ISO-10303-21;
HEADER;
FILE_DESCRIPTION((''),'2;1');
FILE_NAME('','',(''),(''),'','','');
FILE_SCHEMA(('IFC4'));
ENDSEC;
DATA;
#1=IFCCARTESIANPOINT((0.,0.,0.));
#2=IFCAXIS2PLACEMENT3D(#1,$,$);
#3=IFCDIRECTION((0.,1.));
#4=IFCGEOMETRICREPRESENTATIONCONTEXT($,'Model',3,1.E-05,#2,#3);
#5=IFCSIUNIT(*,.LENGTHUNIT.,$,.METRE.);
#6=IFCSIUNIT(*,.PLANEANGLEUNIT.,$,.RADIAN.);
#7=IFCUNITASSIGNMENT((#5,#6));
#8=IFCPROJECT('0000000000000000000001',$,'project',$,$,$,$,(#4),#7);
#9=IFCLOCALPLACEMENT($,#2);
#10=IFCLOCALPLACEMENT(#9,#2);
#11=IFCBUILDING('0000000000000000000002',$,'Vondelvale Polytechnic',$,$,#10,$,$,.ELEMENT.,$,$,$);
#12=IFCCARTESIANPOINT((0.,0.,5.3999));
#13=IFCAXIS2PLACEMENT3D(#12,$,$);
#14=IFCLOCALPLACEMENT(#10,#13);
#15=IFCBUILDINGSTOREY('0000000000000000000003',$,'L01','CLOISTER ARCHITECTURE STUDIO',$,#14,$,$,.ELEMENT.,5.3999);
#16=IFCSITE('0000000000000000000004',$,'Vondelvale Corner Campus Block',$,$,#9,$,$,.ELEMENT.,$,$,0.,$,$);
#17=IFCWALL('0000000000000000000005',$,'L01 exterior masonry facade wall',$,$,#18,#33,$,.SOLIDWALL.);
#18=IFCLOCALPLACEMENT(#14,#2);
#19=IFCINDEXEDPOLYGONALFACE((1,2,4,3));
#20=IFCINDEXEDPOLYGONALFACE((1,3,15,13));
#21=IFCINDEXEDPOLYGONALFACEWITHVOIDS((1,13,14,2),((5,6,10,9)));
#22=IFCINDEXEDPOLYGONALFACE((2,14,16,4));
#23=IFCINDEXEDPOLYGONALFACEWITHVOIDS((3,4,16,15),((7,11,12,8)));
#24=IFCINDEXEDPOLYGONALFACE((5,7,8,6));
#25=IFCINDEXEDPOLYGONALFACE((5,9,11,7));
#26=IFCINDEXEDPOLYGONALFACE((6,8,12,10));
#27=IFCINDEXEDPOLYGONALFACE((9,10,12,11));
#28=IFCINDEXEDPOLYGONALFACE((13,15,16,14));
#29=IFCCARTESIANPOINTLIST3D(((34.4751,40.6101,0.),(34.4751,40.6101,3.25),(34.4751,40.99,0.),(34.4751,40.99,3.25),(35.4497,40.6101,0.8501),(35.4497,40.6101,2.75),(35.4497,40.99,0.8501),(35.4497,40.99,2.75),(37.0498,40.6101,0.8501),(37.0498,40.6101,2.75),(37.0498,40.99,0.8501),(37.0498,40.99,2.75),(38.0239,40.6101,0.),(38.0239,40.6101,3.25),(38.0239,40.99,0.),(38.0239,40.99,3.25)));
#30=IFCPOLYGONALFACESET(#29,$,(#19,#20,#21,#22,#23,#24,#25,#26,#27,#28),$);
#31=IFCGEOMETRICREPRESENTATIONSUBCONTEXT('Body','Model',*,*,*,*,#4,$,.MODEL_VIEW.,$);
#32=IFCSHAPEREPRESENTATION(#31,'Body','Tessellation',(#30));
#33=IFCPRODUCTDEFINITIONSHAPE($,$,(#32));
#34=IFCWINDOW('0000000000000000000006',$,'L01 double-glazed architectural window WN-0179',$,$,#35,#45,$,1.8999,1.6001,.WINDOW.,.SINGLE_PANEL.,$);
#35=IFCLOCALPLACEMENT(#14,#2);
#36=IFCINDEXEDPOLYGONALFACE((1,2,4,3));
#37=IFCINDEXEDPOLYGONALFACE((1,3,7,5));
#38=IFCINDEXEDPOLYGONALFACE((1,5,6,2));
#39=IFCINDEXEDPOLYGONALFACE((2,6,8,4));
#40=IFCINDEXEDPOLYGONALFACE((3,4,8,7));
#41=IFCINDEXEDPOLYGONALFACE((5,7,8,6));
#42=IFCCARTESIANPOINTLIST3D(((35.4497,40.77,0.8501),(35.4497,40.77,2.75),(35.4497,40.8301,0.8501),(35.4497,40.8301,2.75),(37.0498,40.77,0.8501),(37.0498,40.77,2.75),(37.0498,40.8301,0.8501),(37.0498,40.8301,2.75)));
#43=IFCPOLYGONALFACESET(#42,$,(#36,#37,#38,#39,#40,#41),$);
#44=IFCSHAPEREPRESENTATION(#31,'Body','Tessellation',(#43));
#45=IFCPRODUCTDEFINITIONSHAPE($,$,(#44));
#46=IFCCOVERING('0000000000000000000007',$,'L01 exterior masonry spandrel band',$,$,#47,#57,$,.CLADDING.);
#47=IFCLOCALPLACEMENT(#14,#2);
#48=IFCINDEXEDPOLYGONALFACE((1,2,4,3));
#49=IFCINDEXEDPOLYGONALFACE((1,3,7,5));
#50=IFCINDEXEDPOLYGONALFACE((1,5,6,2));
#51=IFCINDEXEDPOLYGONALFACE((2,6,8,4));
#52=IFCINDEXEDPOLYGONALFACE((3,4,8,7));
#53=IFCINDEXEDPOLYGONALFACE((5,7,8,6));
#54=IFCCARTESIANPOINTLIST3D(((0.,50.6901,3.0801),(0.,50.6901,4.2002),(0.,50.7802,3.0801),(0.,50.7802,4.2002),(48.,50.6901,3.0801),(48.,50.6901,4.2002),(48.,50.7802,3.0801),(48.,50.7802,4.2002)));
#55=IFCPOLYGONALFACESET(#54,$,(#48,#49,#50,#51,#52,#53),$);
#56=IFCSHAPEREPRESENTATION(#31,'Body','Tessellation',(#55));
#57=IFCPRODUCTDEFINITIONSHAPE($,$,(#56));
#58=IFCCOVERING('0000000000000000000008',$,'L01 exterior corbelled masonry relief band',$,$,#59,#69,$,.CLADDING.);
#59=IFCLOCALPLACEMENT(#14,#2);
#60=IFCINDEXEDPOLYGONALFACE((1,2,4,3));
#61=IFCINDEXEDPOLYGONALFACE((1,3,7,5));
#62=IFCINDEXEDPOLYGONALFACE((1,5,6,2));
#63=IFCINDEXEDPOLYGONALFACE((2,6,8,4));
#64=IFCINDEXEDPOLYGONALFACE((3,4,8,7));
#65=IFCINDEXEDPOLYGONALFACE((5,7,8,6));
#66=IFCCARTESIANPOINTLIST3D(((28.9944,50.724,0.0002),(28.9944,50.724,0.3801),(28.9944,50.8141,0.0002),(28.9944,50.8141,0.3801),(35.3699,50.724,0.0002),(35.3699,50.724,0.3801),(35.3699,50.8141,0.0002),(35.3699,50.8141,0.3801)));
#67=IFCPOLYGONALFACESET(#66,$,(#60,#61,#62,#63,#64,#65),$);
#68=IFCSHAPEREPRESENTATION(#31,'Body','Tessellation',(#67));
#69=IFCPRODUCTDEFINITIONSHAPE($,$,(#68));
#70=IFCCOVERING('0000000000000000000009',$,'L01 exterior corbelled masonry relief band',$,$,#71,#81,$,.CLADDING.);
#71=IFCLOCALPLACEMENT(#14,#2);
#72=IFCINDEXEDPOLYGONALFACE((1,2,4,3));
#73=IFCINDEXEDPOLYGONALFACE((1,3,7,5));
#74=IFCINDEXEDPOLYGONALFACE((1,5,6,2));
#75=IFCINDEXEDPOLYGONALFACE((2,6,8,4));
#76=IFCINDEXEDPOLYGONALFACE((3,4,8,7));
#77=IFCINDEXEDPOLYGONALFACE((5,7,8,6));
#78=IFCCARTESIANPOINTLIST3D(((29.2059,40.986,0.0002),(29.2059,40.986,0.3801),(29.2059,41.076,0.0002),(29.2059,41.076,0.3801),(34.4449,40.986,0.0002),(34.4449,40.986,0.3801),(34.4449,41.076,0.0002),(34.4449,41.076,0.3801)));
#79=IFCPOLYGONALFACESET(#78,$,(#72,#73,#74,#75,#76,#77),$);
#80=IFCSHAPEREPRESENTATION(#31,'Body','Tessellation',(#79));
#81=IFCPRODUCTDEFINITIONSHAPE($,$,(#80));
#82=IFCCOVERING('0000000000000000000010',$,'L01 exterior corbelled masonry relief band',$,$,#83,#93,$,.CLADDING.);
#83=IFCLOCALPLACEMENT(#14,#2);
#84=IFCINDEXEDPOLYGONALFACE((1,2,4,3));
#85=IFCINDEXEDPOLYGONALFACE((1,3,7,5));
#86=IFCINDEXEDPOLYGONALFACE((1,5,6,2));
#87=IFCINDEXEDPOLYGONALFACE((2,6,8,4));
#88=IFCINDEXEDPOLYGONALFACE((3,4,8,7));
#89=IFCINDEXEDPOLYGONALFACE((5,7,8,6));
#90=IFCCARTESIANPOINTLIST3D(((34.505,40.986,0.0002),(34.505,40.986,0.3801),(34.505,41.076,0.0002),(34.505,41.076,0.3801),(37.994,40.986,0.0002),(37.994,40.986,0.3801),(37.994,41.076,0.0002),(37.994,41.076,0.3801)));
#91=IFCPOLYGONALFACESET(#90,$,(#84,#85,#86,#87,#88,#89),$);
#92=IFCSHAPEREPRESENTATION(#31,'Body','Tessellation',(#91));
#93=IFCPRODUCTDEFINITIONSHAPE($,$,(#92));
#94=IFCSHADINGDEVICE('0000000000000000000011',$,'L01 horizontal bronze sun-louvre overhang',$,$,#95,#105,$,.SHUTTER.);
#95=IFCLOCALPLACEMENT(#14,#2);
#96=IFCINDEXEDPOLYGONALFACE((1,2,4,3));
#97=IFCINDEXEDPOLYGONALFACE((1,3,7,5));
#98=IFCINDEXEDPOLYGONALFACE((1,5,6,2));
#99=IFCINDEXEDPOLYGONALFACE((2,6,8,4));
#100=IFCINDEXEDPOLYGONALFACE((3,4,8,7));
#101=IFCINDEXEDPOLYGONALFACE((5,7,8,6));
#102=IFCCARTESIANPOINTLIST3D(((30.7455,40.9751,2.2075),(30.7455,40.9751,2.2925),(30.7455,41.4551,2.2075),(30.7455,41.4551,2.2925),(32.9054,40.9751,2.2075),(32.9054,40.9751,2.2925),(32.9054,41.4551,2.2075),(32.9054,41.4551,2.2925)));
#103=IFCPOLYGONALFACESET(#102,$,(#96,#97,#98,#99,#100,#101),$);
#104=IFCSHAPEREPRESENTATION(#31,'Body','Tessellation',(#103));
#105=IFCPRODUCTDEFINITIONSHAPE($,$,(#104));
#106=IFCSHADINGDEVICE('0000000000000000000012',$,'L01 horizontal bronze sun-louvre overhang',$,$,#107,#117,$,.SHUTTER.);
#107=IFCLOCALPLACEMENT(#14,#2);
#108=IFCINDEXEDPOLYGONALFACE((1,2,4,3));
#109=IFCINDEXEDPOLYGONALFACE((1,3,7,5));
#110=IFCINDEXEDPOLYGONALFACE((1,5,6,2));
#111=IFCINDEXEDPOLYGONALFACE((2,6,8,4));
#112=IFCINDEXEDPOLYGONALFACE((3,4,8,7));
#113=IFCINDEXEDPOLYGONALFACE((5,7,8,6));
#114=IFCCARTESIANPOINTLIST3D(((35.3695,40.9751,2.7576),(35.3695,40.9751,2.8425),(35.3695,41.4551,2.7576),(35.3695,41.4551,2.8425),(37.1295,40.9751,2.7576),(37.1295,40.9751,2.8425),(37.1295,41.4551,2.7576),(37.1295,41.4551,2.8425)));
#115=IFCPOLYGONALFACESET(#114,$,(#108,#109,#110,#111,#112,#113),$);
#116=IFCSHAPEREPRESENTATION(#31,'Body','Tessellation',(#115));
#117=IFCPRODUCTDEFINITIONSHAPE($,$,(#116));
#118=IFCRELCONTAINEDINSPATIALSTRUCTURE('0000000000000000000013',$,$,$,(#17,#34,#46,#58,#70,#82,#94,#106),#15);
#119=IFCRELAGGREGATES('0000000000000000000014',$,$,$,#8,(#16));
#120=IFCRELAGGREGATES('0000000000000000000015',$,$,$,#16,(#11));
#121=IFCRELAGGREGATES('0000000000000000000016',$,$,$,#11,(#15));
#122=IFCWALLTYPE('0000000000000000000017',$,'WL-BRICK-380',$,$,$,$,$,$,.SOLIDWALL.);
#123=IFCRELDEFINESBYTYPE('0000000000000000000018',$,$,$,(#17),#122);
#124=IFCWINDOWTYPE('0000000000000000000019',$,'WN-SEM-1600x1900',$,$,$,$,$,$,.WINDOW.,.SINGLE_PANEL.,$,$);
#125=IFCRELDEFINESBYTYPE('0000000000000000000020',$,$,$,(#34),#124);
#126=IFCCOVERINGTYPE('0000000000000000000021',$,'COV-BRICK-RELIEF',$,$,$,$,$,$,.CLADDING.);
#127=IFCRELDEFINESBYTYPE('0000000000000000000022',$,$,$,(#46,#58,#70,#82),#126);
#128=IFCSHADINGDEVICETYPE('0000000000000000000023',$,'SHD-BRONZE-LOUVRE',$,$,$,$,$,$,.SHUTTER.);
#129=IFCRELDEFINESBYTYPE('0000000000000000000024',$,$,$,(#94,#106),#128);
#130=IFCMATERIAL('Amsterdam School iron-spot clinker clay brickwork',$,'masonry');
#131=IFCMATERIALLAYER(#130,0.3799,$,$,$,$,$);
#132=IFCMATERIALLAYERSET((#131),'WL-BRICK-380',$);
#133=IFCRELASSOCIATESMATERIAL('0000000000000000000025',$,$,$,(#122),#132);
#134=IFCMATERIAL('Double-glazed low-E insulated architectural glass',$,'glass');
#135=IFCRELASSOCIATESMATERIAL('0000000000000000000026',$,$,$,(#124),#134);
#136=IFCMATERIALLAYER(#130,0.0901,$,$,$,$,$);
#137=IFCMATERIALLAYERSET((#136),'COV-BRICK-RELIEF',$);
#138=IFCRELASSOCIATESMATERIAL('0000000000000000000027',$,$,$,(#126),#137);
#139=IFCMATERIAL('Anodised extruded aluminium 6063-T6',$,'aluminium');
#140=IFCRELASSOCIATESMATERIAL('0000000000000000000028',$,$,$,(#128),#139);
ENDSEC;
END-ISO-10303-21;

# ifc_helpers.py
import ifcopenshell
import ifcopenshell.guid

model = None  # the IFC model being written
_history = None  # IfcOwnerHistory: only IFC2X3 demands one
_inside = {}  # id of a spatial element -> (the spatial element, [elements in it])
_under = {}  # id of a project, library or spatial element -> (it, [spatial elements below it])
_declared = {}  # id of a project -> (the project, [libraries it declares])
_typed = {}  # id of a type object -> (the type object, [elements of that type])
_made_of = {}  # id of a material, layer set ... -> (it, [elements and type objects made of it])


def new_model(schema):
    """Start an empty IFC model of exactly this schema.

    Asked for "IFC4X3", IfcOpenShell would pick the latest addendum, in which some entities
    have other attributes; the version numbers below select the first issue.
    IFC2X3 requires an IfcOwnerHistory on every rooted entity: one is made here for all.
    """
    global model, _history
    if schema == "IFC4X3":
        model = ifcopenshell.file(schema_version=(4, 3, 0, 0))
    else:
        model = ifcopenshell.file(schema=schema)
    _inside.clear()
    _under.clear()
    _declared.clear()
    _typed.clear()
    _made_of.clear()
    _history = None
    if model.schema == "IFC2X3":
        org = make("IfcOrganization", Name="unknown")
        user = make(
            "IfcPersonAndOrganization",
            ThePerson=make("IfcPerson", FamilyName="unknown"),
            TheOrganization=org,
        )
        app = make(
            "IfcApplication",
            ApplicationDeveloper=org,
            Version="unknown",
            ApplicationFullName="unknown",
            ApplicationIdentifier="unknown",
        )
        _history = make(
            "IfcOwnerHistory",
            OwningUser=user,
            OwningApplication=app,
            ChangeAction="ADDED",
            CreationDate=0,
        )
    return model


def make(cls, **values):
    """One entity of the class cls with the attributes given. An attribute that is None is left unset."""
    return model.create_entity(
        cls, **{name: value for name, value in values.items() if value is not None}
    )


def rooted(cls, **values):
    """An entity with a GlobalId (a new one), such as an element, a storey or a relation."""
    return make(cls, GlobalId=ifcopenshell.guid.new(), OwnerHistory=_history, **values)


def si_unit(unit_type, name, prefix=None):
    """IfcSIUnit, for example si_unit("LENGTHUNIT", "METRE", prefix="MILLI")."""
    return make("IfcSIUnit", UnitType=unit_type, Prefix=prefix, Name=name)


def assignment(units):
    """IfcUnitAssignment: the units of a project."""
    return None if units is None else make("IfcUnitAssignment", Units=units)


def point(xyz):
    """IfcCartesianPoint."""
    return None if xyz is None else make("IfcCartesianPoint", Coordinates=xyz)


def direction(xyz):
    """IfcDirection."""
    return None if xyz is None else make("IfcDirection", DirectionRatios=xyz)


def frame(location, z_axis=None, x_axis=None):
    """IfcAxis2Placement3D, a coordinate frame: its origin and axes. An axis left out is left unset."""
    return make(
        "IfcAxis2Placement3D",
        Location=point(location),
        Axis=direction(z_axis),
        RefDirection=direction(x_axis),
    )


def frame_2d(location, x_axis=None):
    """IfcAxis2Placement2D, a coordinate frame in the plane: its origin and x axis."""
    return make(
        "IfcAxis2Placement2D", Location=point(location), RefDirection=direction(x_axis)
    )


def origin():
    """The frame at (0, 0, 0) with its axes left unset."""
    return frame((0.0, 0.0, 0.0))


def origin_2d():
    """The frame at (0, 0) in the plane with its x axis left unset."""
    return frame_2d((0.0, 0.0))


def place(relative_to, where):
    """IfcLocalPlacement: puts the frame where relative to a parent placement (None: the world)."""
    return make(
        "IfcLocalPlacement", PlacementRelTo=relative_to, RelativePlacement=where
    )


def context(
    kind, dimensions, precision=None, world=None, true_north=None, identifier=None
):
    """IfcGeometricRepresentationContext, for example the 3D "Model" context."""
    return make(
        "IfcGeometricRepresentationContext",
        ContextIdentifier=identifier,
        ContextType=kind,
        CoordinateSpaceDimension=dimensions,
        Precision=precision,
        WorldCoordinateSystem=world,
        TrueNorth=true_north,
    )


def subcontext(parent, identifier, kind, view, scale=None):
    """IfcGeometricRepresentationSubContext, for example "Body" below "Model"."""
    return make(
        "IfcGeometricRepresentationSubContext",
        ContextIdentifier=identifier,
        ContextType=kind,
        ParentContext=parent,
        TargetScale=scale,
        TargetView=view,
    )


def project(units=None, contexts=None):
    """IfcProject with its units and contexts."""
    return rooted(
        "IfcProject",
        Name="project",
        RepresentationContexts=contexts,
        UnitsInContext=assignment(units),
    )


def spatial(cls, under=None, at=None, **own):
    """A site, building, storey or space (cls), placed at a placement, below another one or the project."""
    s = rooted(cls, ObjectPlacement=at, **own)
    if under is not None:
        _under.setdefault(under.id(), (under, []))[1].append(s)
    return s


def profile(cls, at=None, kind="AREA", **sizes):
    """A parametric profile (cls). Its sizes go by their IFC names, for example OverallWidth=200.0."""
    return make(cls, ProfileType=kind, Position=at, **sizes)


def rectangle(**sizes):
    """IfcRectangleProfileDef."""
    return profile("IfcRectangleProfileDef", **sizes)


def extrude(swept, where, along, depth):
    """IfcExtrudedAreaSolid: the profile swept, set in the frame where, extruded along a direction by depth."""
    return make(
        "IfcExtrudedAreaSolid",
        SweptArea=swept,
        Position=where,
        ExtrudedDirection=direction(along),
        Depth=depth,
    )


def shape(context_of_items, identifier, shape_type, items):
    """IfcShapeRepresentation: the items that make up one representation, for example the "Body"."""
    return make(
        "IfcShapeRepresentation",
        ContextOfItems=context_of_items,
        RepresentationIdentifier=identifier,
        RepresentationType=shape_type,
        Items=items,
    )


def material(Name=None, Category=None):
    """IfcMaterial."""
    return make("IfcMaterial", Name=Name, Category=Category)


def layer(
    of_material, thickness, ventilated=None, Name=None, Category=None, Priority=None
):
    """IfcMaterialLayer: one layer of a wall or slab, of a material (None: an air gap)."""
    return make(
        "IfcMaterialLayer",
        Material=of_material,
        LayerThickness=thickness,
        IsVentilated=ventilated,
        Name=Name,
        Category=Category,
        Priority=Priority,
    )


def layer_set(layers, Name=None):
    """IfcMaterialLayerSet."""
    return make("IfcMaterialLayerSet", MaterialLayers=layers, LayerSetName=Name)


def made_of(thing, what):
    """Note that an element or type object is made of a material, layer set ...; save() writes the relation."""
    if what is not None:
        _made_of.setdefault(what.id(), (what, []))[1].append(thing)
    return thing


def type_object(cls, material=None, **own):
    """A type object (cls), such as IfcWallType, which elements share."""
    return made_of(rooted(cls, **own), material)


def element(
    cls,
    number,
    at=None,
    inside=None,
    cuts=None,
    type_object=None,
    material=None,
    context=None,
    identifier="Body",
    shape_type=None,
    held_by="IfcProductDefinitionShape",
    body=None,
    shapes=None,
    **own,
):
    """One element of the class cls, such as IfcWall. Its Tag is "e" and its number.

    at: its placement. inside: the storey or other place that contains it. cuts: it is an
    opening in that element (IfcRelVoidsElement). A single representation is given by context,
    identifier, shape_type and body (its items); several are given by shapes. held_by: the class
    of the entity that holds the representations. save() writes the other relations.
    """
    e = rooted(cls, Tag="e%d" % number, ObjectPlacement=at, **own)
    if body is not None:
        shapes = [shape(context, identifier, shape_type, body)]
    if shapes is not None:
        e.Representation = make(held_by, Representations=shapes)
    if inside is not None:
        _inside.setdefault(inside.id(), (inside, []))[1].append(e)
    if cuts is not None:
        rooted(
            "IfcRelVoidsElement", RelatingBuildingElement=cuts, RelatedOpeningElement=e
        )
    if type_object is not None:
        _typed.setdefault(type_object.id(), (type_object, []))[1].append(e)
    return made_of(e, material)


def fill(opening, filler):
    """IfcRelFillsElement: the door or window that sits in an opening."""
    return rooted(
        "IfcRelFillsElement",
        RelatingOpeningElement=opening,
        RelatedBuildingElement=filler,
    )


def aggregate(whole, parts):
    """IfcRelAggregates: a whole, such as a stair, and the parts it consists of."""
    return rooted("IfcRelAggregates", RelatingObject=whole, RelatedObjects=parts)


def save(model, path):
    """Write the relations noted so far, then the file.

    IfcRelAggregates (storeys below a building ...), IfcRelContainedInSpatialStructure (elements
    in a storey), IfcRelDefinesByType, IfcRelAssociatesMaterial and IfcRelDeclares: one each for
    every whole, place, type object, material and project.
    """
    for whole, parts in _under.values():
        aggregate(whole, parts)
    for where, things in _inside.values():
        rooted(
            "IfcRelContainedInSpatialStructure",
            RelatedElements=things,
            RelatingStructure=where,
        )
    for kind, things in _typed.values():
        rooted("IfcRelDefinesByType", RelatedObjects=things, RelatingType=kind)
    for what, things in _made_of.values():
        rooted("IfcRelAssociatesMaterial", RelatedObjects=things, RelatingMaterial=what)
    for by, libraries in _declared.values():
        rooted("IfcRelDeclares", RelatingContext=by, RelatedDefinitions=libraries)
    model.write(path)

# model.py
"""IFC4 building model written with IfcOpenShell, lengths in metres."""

from ifc_helpers import new_model, si_unit, direction, frame, frame_2d, origin, origin_2d, place, context, subcontext, project, spatial, rectangle, extrude, material, layer, layer_set, type_object, element, fill, save


model = new_model("IFC4")

# Units and contexts
model_context = context("Model", 3, precision=1e-05, world=origin(), true_north=direction((0.0, 1.0)))
body_context = subcontext(model_context, "Body", "Model", "MODEL_VIEW")
ifc_project = project(units=[si_unit("LENGTHUNIT", "METRE"), si_unit("PLANEANGLEUNIT", "RADIAN")], contexts=[model_context])

# Site, building, storey
site_placement = place(None, origin())
site = spatial("IfcSite", under=ifc_project, at=site_placement, Name="Vondelvale Corner Campus Block", CompositionType="ELEMENT", RefElevation=0.0)
building_placement = place(site_placement, origin())
building = spatial("IfcBuilding", under=site, at=building_placement, Name="Vondelvale Polytechnic", CompositionType="ELEMENT")
storey_placement = place(building_placement, frame((0.0, 0.0, 5.3999)))
storey = spatial("IfcBuildingStorey", under=building, at=storey_placement, Name="L01", Description="CLOISTER ARCHITECTURE STUDIO", CompositionType="ELEMENT", Elevation=5.3999)

# Wall, opening, window
ifc_material_1 = material(Name="Amsterdam School iron-spot clinker clay brickwork", Category="masonry")
ifc_layer_1 = layer(ifc_material_1, 0.3799)
ifc_layer_set_1 = layer_set([ifc_layer_1], Name="WL-BRICK-380")
wall_type = type_object("IfcWallType", Name="WL-BRICK-380", PredefinedType="SOLIDWALL", material=ifc_layer_set_1)
ifc_material_2 = material(Name="Double-glazed low-E insulated architectural glass", Category="glass")
wall_1_placement = place(storey_placement, frame((34.4751, 40.8, 0.0), z_axis=(0.0, 0.0, 1.0), x_axis=(1.0, 0.0, 0.0)))
wall_1 = element("IfcWall", 1, at=wall_1_placement, inside=storey, type_object=wall_type, Name="L01 exterior masonry facade wall", PredefinedType="SOLIDWALL", context=body_context, shape_type="SweptSolid", body=[
    extrude(rectangle(XDim=3.5488, YDim=0.3799, at=frame_2d((1.7744, 0.0))), origin(), (0.0, 0.0, 1.0), 3.25),
])
opening_1_placement = place(wall_1_placement, frame((0.9746, 0.0, 0.8501)))
opening_1 = element("IfcOpeningElement", 2, at=opening_1_placement, cuts=wall_1, PredefinedType="OPENING", context=body_context, shape_type="SweptSolid", body=[
    extrude(rectangle(XDim=1.6001, YDim=1.8999, at=frame_2d((0.8, 0.95))), frame((0.0, 0.2, 0.0), z_axis=(0.0, -1.0, 0.0), x_axis=(1.0, 0.0, 0.0)), (0.0, 0.0, 1.0), 0.3999),
])
window_type_1 = type_object("IfcWindowType", Name="WN-SEM-1600x1900", PartitioningType="SINGLE_PANEL", PredefinedType="WINDOW", material=ifc_material_2)
window_1_placement = place(opening_1_placement, origin())
window_1 = element("IfcWindow", 3, at=window_1_placement, inside=storey, type_object=window_type_1, Name="L01 double-glazed architectural window WN-0179", OverallHeight=1.8999, OverallWidth=1.6001, PartitioningType="SINGLE_PANEL", PredefinedType="WINDOW", context=body_context, shape_type="SweptSolid", body=[
    extrude(rectangle(XDim=1.6001, YDim=1.8999, at=frame_2d((0.8, 0.95))), frame((0.0, 0.03, 0.0), z_axis=(0.0, -1.0, 0.0), x_axis=(1.0, 0.0, 0.0)), (0.0, 0.0, 1.0), 0.0601),
])
fill(opening_1, window_1)

# Coverings
ifc_layer_2 = layer(ifc_material_1, 0.0901)
ifc_layer_set_2 = layer_set([ifc_layer_2], Name="COV-BRICK-RELIEF")
covering_type = type_object("IfcCoveringType", Name="COV-BRICK-RELIEF", PredefinedType="CLADDING", material=ifc_layer_set_2)
covering_1_placement = place(storey_placement, frame((24.0, 50.7351, 3.0801), z_axis=(0.0, 0.0, 1.0), x_axis=(1.0, 0.0, 0.0)))
element("IfcCovering", 4, at=covering_1_placement, inside=storey, type_object=covering_type, Name="L01 exterior masonry spandrel band", PredefinedType="CLADDING", context=body_context, shape_type="SweptSolid", body=[
    extrude(rectangle(XDim=48.0, YDim=0.0901, at=origin_2d()), origin(), (0.0, 0.0, 1.0), 1.1201),
])
covering_2_placement = place(storey_placement, frame((32.1821, 50.769, 0.0002), z_axis=(0.0, 0.0, 1.0), x_axis=(-1.0, 0.0, 0.0)))
element("IfcCovering", 5, at=covering_2_placement, inside=storey, type_object=covering_type, Name="L01 exterior corbelled masonry relief band", PredefinedType="CLADDING", context=body_context, shape_type="SweptSolid", body=[
    extrude(rectangle(XDim=6.3755, YDim=0.0901, at=origin_2d()), origin(), (0.0, 0.0, 1.0), 0.3799),
])
covering_3_placement = place(storey_placement, frame((31.8254, 41.031, 0.0002), z_axis=(0.0, 0.0, 1.0), x_axis=(1.0, 0.0, 0.0)))
element("IfcCovering", 6, at=covering_3_placement, inside=storey, type_object=covering_type, Name="L01 exterior corbelled masonry relief band", PredefinedType="CLADDING", context=body_context, shape_type="SweptSolid", body=[
    extrude(rectangle(XDim=5.239, YDim=0.0901, at=origin_2d()), origin(), (0.0, 0.0, 1.0), 0.3799),
])
covering_4_placement = place(storey_placement, frame((36.2495, 41.031, 0.0002), z_axis=(0.0, 0.0, 1.0), x_axis=(1.0, 0.0, 0.0)))
element("IfcCovering", 7, at=covering_4_placement, inside=storey, type_object=covering_type, Name="L01 exterior corbelled masonry relief band", PredefinedType="CLADDING", context=body_context, shape_type="SweptSolid", body=[
    extrude(rectangle(XDim=3.489, YDim=0.0901, at=origin_2d()), origin(), (0.0, 0.0, 1.0), 0.3799),
])

# Shading devices
ifc_material_3 = material(Name="Anodised extruded aluminium 6063-T6", Category="aluminium")
shading_device_type = type_object("IfcShadingDeviceType", Name="SHD-BRONZE-LOUVRE", PredefinedType="SHUTTER", material=ifc_material_3)
shading_device_1_placement = place(storey_placement, frame((31.8254, 41.2151, 2.2075), z_axis=(0.0, 0.0, 1.0), x_axis=(1.0, 0.0, 0.0)))
element("IfcShadingDevice", 8, at=shading_device_1_placement, inside=storey, type_object=shading_device_type, Name="L01 horizontal bronze sun-louvre overhang", PredefinedType="SHUTTER", context=body_context, shape_type="SweptSolid", body=[
    extrude(rectangle(XDim=2.1599, YDim=0.48, at=origin_2d()), origin(), (0.0, 0.0, 1.0), 0.085),
])
shading_device_2_placement = place(storey_placement, frame((36.2495, 41.2151, 2.7576), z_axis=(0.0, 0.0, 1.0), x_axis=(1.0, 0.0, 0.0)))
element("IfcShadingDevice", 9, at=shading_device_2_placement, inside=storey, type_object=shading_device_type, Name="L01 horizontal bronze sun-louvre overhang", PredefinedType="SHUTTER", context=body_context, shape_type="SweptSolid", body=[
    extrude(rectangle(XDim=1.76, YDim=0.48, at=origin_2d()), origin(), (0.0, 0.0, 1.0), 0.085),
])

save(model, "model.ifc")
